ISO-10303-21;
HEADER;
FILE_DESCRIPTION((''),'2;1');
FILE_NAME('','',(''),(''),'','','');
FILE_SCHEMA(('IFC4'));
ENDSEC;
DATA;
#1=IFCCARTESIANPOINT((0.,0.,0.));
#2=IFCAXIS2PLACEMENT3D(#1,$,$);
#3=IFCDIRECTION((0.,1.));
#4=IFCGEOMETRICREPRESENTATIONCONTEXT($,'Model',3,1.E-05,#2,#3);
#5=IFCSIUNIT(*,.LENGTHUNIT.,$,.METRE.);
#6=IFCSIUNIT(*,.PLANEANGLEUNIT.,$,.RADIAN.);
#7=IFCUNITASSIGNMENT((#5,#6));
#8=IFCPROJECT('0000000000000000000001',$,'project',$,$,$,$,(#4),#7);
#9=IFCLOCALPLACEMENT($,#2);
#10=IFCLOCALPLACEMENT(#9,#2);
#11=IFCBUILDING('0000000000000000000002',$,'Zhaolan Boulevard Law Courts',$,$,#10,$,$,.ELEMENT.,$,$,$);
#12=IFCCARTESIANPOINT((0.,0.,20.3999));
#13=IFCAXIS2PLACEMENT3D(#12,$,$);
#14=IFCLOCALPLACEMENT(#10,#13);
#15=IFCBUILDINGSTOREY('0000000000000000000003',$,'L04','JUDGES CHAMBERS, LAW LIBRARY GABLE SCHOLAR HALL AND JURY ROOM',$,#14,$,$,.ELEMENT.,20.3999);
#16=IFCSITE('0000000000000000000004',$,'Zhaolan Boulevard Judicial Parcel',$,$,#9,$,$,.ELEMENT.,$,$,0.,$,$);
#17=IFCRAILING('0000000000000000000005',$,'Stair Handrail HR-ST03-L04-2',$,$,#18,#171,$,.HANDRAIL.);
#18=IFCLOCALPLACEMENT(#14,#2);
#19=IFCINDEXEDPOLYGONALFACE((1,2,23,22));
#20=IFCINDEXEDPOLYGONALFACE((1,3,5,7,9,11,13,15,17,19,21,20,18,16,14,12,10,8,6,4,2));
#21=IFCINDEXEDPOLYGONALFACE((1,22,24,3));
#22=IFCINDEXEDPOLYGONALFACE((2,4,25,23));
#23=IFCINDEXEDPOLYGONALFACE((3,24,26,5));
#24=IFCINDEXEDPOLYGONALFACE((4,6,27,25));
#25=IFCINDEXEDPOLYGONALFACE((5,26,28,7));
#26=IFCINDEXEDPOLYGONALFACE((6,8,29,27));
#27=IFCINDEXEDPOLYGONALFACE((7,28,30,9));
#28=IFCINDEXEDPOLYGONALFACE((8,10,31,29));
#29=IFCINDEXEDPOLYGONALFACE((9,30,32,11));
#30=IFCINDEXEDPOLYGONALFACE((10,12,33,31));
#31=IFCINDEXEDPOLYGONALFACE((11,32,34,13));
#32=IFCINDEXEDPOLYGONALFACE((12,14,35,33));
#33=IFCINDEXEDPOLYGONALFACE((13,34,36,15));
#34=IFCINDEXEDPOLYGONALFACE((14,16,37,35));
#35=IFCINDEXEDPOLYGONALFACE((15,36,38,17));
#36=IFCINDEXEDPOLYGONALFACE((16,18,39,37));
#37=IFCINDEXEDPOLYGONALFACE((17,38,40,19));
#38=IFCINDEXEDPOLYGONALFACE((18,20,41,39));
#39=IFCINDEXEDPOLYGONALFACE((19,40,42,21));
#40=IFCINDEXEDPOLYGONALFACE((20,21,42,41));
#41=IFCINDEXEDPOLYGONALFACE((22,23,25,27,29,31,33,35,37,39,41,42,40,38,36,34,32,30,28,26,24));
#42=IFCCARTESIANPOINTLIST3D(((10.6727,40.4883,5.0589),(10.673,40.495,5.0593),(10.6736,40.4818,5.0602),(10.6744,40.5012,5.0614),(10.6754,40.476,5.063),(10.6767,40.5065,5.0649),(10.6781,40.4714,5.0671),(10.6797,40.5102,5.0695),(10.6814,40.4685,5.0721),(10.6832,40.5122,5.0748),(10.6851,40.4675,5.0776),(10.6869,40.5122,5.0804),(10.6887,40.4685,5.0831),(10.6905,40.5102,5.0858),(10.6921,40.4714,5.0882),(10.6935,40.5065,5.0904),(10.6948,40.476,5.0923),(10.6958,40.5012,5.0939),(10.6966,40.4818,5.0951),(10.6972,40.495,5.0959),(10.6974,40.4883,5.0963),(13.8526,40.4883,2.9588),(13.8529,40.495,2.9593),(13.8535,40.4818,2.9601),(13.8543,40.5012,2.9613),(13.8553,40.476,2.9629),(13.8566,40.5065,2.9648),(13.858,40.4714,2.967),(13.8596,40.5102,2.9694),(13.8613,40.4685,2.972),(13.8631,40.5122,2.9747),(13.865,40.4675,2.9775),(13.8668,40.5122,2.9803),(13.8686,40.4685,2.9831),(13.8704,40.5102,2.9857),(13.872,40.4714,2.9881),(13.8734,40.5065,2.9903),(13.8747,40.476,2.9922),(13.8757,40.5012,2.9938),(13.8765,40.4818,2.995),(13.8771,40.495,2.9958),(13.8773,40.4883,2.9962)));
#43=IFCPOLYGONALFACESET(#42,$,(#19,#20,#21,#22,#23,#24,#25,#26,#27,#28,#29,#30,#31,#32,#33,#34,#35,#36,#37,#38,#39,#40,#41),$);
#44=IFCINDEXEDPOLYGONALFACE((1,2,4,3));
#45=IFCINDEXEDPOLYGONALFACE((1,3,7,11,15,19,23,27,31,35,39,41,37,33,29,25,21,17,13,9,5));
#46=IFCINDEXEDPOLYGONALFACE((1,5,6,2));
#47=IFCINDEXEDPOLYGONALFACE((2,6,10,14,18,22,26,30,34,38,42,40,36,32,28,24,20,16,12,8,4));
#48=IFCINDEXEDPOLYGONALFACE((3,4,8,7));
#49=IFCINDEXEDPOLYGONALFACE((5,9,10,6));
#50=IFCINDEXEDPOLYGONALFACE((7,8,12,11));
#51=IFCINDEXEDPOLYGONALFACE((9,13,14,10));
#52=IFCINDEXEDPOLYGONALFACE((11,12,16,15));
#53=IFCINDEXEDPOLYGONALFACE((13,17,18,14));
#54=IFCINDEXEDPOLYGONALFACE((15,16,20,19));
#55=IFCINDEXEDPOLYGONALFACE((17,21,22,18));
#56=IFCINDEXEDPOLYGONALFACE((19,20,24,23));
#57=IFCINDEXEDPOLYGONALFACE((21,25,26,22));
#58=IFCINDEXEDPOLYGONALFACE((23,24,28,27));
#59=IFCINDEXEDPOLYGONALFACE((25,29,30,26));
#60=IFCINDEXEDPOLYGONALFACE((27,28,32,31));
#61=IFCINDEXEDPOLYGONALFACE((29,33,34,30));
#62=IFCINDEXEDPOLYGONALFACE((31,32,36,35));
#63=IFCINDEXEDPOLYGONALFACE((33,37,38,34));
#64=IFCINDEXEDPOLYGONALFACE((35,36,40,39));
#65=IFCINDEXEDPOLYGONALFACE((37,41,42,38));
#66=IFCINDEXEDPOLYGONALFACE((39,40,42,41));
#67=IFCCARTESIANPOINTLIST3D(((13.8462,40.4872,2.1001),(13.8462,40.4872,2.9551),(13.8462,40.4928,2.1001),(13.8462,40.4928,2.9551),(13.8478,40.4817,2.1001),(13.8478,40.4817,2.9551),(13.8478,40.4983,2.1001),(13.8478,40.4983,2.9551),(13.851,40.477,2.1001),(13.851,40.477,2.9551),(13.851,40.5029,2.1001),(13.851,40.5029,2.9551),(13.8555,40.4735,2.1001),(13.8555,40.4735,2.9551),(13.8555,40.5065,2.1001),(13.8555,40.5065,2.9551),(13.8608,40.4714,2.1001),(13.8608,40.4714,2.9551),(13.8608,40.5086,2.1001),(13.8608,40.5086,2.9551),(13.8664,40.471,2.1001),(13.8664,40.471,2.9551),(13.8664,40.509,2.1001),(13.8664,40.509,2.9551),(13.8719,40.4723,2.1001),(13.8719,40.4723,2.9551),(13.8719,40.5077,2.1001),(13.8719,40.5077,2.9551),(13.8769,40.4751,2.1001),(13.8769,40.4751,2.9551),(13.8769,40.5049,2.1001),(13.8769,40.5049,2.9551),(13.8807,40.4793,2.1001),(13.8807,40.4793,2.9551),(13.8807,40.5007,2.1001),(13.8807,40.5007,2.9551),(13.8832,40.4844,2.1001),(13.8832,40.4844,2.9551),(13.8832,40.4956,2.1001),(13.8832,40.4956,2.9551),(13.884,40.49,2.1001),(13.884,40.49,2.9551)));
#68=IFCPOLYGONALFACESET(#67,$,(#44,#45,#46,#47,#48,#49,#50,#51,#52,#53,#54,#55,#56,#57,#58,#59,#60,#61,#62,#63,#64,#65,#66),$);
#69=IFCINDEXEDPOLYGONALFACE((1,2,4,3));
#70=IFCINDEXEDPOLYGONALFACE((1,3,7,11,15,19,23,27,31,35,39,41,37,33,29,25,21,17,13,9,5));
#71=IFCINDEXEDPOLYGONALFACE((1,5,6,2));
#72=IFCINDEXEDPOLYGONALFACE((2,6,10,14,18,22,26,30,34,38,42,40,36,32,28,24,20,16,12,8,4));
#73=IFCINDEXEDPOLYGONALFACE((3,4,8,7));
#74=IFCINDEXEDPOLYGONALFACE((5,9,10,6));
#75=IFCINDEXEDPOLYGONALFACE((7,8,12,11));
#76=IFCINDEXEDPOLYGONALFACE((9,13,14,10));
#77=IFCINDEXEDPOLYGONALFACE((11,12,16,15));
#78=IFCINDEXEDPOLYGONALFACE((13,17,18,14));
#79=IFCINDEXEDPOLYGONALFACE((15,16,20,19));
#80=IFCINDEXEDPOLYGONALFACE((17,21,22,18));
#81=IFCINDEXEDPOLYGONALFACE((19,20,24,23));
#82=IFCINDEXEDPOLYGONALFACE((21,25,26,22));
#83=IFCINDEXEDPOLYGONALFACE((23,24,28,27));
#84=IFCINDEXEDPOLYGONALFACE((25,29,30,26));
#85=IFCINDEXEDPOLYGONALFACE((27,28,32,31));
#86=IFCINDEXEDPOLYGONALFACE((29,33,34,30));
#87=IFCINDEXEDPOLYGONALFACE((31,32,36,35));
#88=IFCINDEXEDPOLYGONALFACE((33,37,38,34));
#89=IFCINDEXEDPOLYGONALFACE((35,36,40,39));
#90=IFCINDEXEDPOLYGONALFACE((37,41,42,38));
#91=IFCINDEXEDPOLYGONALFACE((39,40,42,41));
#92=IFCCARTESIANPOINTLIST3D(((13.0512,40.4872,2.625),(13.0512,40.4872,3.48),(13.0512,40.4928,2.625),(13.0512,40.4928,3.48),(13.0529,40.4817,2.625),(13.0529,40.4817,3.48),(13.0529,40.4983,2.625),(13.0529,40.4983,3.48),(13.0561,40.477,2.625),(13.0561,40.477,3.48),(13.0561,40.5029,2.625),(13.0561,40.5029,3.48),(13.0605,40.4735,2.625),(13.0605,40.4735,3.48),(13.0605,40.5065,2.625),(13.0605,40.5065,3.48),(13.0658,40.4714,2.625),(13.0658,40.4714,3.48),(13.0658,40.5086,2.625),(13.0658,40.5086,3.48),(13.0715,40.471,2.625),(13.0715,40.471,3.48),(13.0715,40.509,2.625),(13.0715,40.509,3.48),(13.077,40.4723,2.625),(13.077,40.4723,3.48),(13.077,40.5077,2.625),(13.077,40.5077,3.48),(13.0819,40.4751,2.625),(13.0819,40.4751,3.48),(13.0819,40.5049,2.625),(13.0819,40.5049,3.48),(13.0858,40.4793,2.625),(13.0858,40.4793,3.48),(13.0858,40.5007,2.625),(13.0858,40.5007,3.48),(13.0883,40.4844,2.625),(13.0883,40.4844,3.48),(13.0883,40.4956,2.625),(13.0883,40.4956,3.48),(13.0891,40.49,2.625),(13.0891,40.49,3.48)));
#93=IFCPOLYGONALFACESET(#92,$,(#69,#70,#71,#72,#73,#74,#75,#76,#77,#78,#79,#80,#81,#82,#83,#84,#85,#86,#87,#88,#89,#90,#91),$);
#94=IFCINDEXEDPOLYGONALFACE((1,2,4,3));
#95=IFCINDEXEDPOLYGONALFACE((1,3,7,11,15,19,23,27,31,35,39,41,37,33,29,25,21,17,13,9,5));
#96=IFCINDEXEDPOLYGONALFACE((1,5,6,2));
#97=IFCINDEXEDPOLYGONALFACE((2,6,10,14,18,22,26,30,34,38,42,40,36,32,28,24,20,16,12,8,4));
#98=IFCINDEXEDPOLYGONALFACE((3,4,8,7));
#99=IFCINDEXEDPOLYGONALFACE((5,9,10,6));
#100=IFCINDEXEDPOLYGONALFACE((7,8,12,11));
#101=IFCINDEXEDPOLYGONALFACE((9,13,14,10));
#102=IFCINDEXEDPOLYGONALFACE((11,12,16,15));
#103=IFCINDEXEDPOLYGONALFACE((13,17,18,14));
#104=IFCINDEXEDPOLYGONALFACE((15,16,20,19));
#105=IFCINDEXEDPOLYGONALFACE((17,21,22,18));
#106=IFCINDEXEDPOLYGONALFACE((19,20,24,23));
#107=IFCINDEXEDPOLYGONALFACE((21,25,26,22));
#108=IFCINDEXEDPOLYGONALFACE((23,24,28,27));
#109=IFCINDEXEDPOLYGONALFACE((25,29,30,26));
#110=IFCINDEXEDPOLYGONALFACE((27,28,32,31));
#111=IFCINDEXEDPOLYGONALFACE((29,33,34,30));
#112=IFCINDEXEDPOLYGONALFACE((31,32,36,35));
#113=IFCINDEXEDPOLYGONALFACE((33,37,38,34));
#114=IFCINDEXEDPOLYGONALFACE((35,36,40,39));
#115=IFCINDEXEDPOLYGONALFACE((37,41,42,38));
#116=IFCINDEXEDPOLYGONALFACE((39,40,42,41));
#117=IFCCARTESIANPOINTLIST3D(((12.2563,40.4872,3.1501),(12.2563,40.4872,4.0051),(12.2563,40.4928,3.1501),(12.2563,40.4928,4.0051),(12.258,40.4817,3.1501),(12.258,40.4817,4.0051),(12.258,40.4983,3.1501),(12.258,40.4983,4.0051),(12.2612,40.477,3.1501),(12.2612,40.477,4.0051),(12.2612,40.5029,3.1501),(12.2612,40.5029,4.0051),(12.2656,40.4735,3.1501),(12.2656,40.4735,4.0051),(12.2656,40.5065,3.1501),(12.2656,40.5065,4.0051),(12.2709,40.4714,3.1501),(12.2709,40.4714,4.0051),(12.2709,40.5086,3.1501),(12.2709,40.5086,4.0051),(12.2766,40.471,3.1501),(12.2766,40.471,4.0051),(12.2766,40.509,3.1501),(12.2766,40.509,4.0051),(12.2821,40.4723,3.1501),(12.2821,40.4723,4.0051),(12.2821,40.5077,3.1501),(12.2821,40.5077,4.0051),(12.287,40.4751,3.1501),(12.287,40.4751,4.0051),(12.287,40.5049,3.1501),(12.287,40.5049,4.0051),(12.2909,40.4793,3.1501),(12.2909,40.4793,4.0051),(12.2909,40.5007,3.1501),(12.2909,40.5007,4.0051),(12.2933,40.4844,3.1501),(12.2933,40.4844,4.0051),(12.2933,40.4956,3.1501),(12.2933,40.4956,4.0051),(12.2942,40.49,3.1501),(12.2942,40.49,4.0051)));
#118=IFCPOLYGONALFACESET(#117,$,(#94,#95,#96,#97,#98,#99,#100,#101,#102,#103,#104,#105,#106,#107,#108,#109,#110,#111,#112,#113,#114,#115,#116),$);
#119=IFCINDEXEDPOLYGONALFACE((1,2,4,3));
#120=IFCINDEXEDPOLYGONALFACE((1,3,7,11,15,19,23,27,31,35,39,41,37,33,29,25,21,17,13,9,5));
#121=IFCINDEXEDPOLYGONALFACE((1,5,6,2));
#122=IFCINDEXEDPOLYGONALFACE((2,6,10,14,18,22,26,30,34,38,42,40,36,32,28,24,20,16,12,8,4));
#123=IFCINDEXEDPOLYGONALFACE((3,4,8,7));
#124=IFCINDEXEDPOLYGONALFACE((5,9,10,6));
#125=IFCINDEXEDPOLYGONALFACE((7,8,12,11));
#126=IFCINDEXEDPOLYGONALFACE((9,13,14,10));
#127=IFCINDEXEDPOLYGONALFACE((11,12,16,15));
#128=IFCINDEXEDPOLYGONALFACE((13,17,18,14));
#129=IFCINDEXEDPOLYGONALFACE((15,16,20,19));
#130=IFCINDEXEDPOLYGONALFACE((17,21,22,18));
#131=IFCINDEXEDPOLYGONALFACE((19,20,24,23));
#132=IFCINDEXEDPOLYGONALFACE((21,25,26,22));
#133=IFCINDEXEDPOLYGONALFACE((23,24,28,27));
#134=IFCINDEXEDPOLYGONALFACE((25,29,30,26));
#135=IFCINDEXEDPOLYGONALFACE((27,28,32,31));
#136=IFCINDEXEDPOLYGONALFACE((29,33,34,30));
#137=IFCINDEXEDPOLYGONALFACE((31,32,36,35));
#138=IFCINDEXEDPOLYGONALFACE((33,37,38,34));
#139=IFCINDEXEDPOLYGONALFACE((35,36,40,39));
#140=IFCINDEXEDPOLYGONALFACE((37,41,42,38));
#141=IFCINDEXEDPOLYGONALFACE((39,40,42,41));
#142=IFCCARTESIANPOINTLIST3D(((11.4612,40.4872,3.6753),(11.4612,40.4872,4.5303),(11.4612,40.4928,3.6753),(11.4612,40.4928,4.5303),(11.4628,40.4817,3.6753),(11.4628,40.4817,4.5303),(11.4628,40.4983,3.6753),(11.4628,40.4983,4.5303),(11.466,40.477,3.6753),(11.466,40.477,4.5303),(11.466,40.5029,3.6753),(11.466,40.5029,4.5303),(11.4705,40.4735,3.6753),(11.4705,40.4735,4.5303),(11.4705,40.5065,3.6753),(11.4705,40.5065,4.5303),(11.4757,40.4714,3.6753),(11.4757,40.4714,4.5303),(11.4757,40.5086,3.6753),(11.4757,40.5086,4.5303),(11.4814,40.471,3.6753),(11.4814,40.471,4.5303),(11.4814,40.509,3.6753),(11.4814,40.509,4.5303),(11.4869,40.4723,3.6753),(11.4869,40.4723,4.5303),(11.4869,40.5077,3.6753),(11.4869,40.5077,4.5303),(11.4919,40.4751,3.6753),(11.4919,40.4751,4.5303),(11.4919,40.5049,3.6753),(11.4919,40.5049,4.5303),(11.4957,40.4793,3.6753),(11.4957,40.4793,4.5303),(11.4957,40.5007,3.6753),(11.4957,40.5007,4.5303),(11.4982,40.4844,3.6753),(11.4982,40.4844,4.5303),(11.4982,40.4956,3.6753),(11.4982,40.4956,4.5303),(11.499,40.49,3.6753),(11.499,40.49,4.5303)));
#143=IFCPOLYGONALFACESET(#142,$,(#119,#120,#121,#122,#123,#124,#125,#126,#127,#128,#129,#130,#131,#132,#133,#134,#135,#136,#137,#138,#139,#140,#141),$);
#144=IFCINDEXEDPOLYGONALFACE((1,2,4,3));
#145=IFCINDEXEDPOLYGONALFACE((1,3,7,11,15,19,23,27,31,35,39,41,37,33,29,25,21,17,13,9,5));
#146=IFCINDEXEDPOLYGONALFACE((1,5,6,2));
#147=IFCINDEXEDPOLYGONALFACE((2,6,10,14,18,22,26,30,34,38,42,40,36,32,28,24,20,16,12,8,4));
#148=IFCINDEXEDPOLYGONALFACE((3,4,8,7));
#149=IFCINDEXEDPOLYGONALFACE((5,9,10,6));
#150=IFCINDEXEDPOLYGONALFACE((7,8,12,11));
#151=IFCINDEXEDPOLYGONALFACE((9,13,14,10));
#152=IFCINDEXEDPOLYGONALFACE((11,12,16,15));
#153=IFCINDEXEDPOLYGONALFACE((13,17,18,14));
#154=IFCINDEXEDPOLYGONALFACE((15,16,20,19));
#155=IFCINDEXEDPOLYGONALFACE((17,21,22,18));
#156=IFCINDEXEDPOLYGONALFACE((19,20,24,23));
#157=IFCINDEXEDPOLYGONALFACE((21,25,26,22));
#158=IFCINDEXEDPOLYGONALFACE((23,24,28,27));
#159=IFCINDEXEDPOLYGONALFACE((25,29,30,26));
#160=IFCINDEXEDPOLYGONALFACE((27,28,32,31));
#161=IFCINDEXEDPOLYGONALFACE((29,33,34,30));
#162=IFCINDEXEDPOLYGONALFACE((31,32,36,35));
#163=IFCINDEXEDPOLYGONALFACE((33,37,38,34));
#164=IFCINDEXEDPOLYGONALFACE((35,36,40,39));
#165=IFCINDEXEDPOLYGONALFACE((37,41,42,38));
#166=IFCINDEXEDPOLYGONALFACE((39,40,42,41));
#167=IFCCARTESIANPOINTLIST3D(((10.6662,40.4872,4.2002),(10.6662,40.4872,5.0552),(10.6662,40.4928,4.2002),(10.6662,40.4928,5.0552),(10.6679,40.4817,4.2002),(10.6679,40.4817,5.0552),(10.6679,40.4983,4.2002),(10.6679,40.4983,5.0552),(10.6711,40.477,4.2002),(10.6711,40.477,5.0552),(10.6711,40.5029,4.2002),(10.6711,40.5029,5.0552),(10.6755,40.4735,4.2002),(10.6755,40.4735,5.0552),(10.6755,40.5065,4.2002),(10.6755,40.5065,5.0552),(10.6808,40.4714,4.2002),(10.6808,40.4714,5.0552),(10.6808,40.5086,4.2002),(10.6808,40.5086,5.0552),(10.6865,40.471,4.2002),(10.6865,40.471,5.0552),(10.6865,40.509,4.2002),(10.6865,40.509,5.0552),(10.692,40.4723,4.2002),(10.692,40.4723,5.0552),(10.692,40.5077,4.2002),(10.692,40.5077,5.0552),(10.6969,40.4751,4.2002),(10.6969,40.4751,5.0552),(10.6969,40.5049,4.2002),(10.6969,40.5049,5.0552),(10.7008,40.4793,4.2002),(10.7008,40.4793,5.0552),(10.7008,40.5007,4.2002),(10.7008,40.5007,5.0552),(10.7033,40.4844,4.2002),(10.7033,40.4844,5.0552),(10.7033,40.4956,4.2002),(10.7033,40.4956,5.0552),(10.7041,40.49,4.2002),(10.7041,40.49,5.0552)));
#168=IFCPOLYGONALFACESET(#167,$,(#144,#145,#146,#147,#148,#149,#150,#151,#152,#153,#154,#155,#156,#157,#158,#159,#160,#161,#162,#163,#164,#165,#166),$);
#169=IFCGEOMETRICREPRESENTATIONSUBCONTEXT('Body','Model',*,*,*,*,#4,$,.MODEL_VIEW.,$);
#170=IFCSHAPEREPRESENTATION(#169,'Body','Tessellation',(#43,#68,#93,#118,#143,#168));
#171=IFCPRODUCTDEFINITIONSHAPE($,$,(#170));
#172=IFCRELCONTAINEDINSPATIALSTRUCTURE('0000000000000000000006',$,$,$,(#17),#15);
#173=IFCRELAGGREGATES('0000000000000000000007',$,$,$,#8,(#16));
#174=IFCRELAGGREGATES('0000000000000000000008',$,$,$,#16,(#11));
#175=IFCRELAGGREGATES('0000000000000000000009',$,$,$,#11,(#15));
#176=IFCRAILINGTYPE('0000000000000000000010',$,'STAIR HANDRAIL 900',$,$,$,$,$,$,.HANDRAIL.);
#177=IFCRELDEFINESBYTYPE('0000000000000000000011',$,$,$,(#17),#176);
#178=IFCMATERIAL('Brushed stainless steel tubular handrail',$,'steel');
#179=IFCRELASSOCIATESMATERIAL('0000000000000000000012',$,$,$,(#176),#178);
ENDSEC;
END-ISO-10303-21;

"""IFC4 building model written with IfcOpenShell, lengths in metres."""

from ifc_helpers import new_model, si_unit, direction, frame, origin, origin_2d, place, context, subcontext, project, spatial, circle, extrude, material, type_object, element, save


model = new_model("IFC4")

# Units and contexts
model_context = context("Model", 3, precision=1e-05, world=origin(), true_north=direction((0.0, 1.0)))
body_context = subcontext(model_context, "Body", "Model", "MODEL_VIEW")
ifc_project = project(units=[si_unit("LENGTHUNIT", "METRE"), si_unit("PLANEANGLEUNIT", "RADIAN")], contexts=[model_context])

# Site, building, storey
site_placement = place(None, origin())
site = spatial("IfcSite", under=ifc_project, at=site_placement, Name="Zhaolan Boulevard Judicial Parcel", CompositionType="ELEMENT", RefElevation=0.0)
building_placement = place(site_placement, origin())
building = spatial("IfcBuilding", under=site, at=building_placement, Name="Zhaolan Boulevard Law Courts", CompositionType="ELEMENT")
storey_placement = place(building_placement, frame((0.0, 0.0, 20.3999)))
storey = spatial("IfcBuildingStorey", under=building, at=storey_placement, Name="L04", Description="JUDGES CHAMBERS, LAW LIBRARY GABLE SCHOLAR HALL AND JURY ROOM", CompositionType="ELEMENT", Elevation=20.3999)

# Railing
ifc_material_1 = material(Name="Brushed stainless steel tubular handrail", Category="steel")
railing_type_1 = type_object("IfcRailingType", Name="STAIR HANDRAIL 900", PredefinedType="HANDRAIL", material=ifc_material_1)
railing_1_placement = place(storey_placement, frame((13.865, 40.49, 2.1001)))
element("IfcRailing", 1, at=railing_1_placement, inside=storey, type_object=railing_type_1, Name="Stair Handrail HR-ST03-L04-2", PredefinedType="HANDRAIL", context=body_context, shape_type="SweptSolid", body=[
    extrude(circle(Radius=0.0225, at=origin_2d()), frame((0.0, 0.0, 0.8774), z_axis=(-0.834447, 0.0, 0.551088), x_axis=(0.0, -1.0, 0.0)), (0.0, 0.0, 1.0), 3.8108),
    extrude(circle(Radius=0.019, at=origin_2d()), origin(), (0.0, 0.0, 1.0), 0.855),
    extrude(circle(Radius=0.019, at=origin_2d()), frame((-0.7949, 0.0, 0.5249)), (0.0, 0.0, 1.0), 0.855),
    extrude(circle(Radius=0.019, at=origin_2d()), frame((-1.5898, 0.0, 1.05)), (0.0, 0.0, 1.0), 0.855),
    extrude(circle(Radius=0.019, at=origin_2d()), frame((-2.385, 0.0, 1.5752)), (0.0, 0.0, 1.0), 0.855),
    extrude(circle(Radius=0.019, at=origin_2d()), frame((-3.1799, 0.0, 2.1001)), (0.0, 0.0, 1.0), 0.855),
])

save(model, "model.ifc")
